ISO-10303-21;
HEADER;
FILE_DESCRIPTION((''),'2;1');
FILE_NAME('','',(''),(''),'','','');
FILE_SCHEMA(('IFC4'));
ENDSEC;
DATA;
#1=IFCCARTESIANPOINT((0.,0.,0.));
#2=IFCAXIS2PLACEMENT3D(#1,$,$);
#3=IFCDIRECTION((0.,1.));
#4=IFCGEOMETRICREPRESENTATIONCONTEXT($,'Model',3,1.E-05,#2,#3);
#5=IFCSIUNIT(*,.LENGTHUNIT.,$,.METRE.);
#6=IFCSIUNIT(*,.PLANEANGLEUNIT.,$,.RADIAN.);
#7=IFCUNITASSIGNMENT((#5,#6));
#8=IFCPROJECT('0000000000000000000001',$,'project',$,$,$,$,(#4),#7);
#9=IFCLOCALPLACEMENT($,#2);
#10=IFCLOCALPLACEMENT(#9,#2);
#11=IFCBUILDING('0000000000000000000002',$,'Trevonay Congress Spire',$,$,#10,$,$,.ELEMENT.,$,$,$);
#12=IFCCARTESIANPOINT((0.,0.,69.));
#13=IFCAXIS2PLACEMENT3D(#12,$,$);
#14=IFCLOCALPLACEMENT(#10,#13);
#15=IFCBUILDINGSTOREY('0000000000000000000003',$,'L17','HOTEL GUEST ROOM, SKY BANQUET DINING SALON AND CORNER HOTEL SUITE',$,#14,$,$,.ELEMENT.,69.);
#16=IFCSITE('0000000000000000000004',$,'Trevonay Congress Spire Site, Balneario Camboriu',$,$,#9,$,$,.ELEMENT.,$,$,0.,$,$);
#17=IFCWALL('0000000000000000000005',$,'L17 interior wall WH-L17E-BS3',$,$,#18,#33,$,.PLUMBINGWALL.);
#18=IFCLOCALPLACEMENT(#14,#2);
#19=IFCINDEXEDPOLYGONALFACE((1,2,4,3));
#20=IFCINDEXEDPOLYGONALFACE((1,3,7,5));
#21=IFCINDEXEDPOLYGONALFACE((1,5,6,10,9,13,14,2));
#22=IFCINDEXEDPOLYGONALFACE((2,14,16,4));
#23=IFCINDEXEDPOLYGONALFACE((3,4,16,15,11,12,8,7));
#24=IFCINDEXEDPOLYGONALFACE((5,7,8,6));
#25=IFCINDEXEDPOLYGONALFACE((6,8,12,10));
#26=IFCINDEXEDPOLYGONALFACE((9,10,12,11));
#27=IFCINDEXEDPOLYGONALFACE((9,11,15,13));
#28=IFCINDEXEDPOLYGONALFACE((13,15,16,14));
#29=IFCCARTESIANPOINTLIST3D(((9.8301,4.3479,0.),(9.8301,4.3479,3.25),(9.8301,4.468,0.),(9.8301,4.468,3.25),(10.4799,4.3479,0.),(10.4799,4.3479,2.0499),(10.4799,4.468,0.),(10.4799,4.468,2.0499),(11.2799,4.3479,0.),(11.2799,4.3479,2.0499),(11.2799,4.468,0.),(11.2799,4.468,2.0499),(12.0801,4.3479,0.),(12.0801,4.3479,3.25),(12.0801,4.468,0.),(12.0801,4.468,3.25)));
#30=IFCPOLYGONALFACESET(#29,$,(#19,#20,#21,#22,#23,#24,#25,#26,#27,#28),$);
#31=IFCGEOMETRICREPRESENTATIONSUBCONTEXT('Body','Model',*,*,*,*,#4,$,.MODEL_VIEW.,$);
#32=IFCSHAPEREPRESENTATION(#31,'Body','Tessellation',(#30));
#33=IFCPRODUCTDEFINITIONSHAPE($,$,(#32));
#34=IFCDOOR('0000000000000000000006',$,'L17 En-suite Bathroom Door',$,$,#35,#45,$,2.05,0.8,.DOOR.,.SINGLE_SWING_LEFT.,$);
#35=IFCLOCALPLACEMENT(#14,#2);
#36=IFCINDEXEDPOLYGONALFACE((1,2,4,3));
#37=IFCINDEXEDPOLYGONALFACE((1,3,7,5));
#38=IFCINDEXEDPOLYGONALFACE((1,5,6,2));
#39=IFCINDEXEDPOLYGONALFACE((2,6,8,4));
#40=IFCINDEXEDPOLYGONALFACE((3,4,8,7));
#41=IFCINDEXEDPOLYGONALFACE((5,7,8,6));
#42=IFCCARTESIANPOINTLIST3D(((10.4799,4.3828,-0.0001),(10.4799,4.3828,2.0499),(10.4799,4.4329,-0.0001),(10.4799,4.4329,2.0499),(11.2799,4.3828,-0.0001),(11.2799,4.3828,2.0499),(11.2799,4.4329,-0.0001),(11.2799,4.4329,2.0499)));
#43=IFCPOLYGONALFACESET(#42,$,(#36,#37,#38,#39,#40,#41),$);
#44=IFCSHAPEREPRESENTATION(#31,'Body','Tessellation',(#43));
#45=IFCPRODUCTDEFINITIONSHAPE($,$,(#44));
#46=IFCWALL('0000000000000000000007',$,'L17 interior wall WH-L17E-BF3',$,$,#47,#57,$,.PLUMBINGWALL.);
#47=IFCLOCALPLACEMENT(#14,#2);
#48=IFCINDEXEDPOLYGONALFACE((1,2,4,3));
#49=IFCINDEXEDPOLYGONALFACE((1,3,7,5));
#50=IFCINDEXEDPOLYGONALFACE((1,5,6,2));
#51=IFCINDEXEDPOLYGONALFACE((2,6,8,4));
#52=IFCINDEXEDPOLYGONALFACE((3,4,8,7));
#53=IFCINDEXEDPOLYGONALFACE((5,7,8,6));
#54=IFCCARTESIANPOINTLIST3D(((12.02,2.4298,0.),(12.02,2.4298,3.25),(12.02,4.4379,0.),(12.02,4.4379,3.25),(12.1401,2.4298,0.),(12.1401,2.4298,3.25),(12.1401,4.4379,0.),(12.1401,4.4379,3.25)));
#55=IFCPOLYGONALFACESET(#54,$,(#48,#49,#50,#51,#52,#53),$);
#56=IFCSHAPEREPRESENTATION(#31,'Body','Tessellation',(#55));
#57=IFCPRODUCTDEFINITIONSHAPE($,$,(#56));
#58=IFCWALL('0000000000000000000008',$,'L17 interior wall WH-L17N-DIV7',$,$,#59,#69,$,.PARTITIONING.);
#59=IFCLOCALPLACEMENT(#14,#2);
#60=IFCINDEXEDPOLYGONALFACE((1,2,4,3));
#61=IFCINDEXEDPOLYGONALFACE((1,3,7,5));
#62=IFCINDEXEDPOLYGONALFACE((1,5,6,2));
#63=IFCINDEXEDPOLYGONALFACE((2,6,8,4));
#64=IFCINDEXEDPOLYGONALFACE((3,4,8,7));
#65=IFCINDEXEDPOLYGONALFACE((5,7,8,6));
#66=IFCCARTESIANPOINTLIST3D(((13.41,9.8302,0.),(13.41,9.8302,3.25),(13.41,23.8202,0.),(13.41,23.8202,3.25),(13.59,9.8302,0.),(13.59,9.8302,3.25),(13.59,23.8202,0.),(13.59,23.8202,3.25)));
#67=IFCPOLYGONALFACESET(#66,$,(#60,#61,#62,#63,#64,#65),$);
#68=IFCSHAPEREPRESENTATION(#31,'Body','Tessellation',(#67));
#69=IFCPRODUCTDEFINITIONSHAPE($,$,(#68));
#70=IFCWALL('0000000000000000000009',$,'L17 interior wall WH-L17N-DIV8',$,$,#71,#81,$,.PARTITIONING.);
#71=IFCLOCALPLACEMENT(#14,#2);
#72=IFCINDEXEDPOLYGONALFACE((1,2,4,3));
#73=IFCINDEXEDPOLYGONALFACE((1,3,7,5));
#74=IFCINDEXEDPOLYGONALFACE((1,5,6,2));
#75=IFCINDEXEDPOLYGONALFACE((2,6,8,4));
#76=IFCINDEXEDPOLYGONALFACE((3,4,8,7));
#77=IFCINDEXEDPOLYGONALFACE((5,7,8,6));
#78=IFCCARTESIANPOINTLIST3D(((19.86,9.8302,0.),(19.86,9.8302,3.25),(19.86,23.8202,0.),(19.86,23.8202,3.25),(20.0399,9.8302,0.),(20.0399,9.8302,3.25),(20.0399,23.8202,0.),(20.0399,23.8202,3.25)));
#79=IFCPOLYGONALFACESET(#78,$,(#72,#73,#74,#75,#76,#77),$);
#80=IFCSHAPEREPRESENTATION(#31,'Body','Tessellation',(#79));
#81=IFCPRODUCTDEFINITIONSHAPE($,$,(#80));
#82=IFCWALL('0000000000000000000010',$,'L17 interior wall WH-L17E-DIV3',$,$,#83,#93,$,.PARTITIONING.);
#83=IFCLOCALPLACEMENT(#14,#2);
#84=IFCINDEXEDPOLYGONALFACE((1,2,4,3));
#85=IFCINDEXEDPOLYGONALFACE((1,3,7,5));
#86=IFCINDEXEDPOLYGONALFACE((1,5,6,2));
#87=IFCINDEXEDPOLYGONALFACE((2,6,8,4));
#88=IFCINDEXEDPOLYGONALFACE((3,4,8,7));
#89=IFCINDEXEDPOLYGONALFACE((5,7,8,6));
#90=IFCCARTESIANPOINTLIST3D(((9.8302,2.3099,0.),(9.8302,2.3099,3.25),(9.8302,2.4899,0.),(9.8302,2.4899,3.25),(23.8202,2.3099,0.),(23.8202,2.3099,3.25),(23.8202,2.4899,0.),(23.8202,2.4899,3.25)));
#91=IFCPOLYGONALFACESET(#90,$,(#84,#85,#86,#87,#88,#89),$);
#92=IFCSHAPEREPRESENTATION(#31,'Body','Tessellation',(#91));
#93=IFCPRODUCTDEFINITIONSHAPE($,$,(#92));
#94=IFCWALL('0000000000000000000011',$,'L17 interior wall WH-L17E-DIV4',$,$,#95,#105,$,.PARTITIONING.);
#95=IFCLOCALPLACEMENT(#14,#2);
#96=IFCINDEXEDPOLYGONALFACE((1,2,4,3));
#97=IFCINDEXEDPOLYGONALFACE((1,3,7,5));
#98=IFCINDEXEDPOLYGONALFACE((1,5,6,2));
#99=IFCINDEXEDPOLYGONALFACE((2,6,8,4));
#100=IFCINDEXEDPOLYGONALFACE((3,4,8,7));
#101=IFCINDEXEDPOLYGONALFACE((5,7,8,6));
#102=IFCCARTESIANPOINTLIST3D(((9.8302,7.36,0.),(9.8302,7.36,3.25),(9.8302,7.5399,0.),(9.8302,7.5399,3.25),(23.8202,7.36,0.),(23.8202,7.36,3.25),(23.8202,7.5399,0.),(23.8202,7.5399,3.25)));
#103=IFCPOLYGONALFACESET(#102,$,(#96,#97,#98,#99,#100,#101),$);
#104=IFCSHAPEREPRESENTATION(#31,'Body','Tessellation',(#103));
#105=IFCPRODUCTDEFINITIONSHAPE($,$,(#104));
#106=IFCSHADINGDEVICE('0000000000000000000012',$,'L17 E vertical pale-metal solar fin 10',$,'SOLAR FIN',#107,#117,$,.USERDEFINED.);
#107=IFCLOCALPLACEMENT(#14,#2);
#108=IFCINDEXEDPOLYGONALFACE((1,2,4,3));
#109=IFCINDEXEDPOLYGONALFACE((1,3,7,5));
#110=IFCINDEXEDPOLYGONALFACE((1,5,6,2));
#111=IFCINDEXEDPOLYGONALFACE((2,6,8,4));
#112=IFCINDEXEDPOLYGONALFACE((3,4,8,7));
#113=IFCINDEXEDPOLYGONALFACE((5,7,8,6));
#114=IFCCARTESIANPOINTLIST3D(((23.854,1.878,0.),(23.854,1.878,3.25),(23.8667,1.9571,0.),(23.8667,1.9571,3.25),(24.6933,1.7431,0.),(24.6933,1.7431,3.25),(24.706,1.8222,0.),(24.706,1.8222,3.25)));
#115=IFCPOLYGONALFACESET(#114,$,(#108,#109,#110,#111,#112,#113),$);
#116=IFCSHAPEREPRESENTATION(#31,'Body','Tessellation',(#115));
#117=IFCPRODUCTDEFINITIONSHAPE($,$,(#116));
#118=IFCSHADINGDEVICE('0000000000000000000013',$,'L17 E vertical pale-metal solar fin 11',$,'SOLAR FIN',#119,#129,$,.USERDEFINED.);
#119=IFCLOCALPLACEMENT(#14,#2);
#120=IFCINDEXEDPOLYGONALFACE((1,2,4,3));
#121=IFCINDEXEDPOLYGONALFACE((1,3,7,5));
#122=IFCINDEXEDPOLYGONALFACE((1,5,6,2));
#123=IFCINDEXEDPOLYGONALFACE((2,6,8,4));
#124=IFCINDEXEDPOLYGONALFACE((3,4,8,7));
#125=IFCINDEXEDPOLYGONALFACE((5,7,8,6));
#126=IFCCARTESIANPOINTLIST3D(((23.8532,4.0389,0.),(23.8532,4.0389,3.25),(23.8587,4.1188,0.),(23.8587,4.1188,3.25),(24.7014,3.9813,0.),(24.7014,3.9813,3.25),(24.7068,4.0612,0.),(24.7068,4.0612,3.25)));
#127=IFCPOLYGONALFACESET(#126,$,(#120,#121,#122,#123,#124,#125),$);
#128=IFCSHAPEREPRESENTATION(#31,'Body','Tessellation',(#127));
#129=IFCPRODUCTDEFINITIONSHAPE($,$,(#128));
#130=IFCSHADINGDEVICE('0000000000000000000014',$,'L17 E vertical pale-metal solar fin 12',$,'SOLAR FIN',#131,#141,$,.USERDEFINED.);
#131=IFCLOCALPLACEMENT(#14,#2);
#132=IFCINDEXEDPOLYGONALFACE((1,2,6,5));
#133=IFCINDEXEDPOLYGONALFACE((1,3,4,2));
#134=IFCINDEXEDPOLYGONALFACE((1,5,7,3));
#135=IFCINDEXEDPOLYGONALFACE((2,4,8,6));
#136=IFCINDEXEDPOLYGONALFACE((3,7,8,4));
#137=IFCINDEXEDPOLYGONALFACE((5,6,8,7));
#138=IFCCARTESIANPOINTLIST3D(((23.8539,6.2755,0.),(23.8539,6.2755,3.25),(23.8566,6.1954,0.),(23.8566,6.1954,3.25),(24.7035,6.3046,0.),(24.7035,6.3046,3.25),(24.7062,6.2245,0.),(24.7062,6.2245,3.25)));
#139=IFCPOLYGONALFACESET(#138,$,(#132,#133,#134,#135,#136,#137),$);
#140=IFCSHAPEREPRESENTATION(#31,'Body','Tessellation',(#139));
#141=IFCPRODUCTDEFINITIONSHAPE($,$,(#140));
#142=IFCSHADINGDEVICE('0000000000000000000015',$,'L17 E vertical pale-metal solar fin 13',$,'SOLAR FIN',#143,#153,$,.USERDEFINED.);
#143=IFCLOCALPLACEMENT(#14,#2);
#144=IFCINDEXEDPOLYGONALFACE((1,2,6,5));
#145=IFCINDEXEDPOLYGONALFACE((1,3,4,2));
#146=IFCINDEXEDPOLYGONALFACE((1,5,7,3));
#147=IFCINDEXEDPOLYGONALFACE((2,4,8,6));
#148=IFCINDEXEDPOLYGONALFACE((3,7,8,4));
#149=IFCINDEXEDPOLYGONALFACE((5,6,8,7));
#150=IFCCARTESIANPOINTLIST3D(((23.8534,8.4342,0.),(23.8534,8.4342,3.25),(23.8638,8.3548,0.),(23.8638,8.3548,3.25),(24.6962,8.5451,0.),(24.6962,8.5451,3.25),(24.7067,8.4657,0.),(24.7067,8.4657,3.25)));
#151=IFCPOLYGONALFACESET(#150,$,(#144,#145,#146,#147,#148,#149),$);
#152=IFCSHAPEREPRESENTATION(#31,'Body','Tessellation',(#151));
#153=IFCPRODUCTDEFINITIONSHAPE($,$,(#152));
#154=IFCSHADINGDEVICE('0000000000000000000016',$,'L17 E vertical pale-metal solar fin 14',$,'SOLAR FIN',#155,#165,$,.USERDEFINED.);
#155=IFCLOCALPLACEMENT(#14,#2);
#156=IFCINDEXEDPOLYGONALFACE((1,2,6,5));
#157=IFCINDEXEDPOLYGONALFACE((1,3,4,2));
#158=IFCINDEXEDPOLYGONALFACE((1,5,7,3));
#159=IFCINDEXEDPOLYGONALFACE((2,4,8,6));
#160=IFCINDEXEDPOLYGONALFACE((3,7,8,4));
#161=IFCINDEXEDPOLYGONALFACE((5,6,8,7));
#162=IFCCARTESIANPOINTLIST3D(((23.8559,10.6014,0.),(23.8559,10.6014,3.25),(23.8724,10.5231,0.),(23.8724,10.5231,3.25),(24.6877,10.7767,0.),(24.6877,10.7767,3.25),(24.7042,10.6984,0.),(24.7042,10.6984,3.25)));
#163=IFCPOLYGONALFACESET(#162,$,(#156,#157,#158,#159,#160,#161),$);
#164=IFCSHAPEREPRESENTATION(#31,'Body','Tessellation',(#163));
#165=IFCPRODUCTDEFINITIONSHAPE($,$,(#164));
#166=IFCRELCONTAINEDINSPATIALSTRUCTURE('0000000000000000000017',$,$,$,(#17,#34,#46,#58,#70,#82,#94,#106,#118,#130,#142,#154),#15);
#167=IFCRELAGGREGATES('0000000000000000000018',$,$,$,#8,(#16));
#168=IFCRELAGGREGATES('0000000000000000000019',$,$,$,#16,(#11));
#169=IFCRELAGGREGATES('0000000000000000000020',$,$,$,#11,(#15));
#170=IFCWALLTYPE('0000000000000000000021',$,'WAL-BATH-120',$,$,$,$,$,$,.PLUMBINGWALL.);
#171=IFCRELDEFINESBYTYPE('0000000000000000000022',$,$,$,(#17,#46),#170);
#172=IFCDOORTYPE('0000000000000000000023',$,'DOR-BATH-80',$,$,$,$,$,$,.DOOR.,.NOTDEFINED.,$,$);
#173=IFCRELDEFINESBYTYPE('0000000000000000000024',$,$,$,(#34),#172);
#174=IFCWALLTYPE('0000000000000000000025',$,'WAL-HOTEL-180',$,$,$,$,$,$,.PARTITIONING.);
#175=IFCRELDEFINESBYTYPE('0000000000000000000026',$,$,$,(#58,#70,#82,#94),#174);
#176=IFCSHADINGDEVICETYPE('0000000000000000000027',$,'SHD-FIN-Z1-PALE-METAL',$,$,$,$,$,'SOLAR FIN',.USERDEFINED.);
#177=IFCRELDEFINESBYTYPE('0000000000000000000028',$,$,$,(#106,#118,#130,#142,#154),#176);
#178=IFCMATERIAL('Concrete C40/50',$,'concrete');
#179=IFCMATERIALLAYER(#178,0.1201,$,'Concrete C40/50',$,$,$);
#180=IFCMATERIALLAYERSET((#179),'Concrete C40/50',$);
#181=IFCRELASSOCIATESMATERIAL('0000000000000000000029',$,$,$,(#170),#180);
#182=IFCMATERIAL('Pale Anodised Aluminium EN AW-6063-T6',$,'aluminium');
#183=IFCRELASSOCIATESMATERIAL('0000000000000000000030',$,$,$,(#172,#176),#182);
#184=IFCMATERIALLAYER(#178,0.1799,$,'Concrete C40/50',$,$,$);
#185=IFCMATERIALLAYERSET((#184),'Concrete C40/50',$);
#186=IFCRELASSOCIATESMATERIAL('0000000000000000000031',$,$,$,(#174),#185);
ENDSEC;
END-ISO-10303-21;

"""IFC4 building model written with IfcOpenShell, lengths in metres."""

from ifc_helpers import new_model, si_unit, direction, frame, frame_2d, origin, origin_2d, place, context, subcontext, project, spatial, rectangle, extrude, material, layer, layer_set, type_object, element, fill, save


model = new_model("IFC4")

# Units and contexts
model_context = context("Model", 3, precision=1e-05, world=origin(), true_north=direction((0.0, 1.0)))
body_context = subcontext(model_context, "Body", "Model", "MODEL_VIEW")
ifc_project = project(units=[si_unit("LENGTHUNIT", "METRE"), si_unit("PLANEANGLEUNIT", "RADIAN")], contexts=[model_context])

# Site, building, storey
site_placement = place(None, origin())
site = spatial("IfcSite", under=ifc_project, at=site_placement, Name="Trevonay Congress Spire Site, Balneario Camboriu", CompositionType="ELEMENT", RefElevation=0.0)
building_placement = place(site_placement, origin())
building = spatial("IfcBuilding", under=site, at=building_placement, Name="Trevonay Congress Spire", CompositionType="ELEMENT")
storey_placement = place(building_placement, frame((0.0, 0.0, 69.0)))
storey = spatial("IfcBuildingStorey", under=building, at=storey_placement, Name="L17", Description="HOTEL GUEST ROOM, SKY BANQUET DINING SALON AND CORNER HOTEL SUITE", CompositionType="ELEMENT", Elevation=69.0)

# Shared definitions
ifc_material_1 = material(Name="Pale Anodised Aluminium EN AW-6063-T6", Category="aluminium")

# Shared definitions
ifc_material_2 = material(Name="Concrete C40/50", Category="concrete")
ifc_layer_1 = layer(ifc_material_2, 0.1201, Name="Concrete C40/50")
ifc_layer_set_1 = layer_set([ifc_layer_1], Name="Concrete C40/50")
wall_type_1 = type_object("IfcWallType", Name="WAL-BATH-120", PredefinedType="PLUMBINGWALL", material=ifc_layer_set_1)
door_type = type_object("IfcDoorType", Name="DOR-BATH-80", OperationType="NOTDEFINED", PredefinedType="DOOR", material=ifc_material_1)

# Wall, opening, door
wall_1_placement = place(storey_placement, frame((9.8301, 4.408, 0.0), z_axis=(0.0, 0.0, 1.0), x_axis=(1.0, 0.0, 0.0)))
wall_1 = element("IfcWall", 1, at=wall_1_placement, inside=storey, type_object=wall_type_1, Name="L17 interior wall WH-L17E-BS3", PredefinedType="PLUMBINGWALL", context=body_context, shape_type="SweptSolid", body=[
    extrude(rectangle(XDim=2.25, YDim=0.1201, at=frame_2d((1.125, 0.0))), origin(), (0.0, 0.0, 1.0), 3.25),
])
opening_1_placement = place(wall_1_placement, frame((0.6499, 0.0, 0.0)))
opening_1 = element("IfcOpeningElement", 2, at=opening_1_placement, cuts=wall_1, PredefinedType="OPENING", context=body_context, shape_type="SweptSolid", body=[
    extrude(rectangle(XDim=0.8, YDim=2.05, at=frame_2d((0.3999, 1.0249))), frame((0.0, 0.0701, 0.0), z_axis=(0.0, -1.0, 0.0), x_axis=(1.0, 0.0, 0.0)), (0.0, 0.0, 1.0), 0.1401),
])
door_1_placement = place(opening_1_placement, origin())
door_1 = element("IfcDoor", 3, at=door_1_placement, inside=storey, type_object=door_type, Name="L17 En-suite Bathroom Door", OperationType="SINGLE_SWING_LEFT", OverallHeight=2.05, OverallWidth=0.8, PredefinedType="DOOR", context=body_context, shape_type="SweptSolid", body=[
    extrude(rectangle(XDim=0.8, YDim=2.05, at=frame_2d((0.3999, 1.0249))), frame((0.0, 0.0249, 0.0), z_axis=(0.0, -1.0, 0.0), x_axis=(1.0, 0.0, 0.0)), (0.0, 0.0, 1.0), 0.05),
])
fill(opening_1, door_1)

# Walls
wall_2_placement = place(storey_placement, frame((12.0801, 2.4299, 0.0), z_axis=(0.0, 0.0, 1.0), x_axis=(0.0, 1.0, 0.0)))
element("IfcWall", 4, at=wall_2_placement, inside=storey, type_object=wall_type_1, Name="L17 interior wall WH-L17E-BF3", PredefinedType="PLUMBINGWALL", context=body_context, shape_type="SweptSolid", body=[
    extrude(rectangle(XDim=2.0081, YDim=0.1201, at=frame_2d((1.0039, 0.0))), origin(), (0.0, 0.0, 1.0), 3.25),
])
ifc_layer_2 = layer(ifc_material_2, 0.1799, Name="Concrete C40/50")
ifc_layer_set_2 = layer_set([ifc_layer_2], Name="Concrete C40/50")
wall_type_2 = type_object("IfcWallType", Name="WAL-HOTEL-180", PredefinedType="PARTITIONING", material=ifc_layer_set_2)
for number, where, z_axis, x_axis, name in (
    (5, (13.5, 9.8301, 0.0), (0.0, 0.0, 1.0), (0.0, 1.0, 0.0), "L17 interior wall WH-L17N-DIV7"),
    (6, (19.95, 9.8301, 0.0), (0.0, 0.0, 1.0), (0.0, 1.0, 0.0), "L17 interior wall WH-L17N-DIV8"),
    (7, (9.8301, 2.3999, 0.0), (0.0, 0.0, 1.0), (1.0, 0.0, 0.0), "L17 interior wall WH-L17E-DIV3"),
    (8, (9.8301, 7.45, 0.0), (0.0, 0.0, 1.0), (1.0, 0.0, 0.0), "L17 interior wall WH-L17E-DIV4"),
):
    element("IfcWall", number, at=place(storey_placement, frame(where, z_axis=z_axis, x_axis=x_axis)), inside=storey, type_object=wall_type_2, Name=name, PredefinedType="PARTITIONING", context=body_context, shape_type="SweptSolid", body=[
        extrude(rectangle(XDim=13.99, YDim=0.1799, at=frame_2d((6.9951, 0.0))), origin(), (0.0, 0.0, 1.0), 3.25),
    ])

# Shading devices
shading_device_type = type_object("IfcShadingDeviceType", Name="SHD-FIN-Z1-PALE-METAL", ElementType="SOLAR FIN", PredefinedType="USERDEFINED", material=ifc_material_1)
for number, where, z_axis, x_axis, name in (
    (9, (24.28, 1.8501, 0.0), (0.0, 0.0, 1.0), (0.158675, 0.987331, 0.0), "L17 E vertical pale-metal solar fin 10"),
    (10, (24.28, 4.05, 0.0), (0.0, 0.0, 1.0), (0.067667, 0.997708, 0.0), "L17 E vertical pale-metal solar fin 11"),
    (11, (24.28, 6.25, 0.0), (0.0, 0.0, 1.0), (-0.034202, 0.999415, 0.0), "L17 E vertical pale-metal solar fin 12"),
    (12, (24.28, 8.45, 0.0), (0.0, 0.0, 1.0), (-0.130526, 0.991445, 0.0), "L17 E vertical pale-metal solar fin 13"),
    (13, (24.28, 10.6499, 0.0), (0.0, 0.0, 1.0), (-0.206204, 0.978509, 0.0), "L17 E vertical pale-metal solar fin 14"),
):
    element("IfcShadingDevice", number, at=place(storey_placement, frame(where, z_axis=z_axis, x_axis=x_axis)), inside=storey, type_object=shading_device_type, Name=name, ObjectType="SOLAR FIN", PredefinedType="USERDEFINED", context=body_context, shape_type="SweptSolid", body=[
        extrude(rectangle(XDim=0.0801, YDim=0.8501, at=origin_2d()), origin(), (0.0, 0.0, 1.0), 3.25),
    ])

save(model, "model.ifc")
